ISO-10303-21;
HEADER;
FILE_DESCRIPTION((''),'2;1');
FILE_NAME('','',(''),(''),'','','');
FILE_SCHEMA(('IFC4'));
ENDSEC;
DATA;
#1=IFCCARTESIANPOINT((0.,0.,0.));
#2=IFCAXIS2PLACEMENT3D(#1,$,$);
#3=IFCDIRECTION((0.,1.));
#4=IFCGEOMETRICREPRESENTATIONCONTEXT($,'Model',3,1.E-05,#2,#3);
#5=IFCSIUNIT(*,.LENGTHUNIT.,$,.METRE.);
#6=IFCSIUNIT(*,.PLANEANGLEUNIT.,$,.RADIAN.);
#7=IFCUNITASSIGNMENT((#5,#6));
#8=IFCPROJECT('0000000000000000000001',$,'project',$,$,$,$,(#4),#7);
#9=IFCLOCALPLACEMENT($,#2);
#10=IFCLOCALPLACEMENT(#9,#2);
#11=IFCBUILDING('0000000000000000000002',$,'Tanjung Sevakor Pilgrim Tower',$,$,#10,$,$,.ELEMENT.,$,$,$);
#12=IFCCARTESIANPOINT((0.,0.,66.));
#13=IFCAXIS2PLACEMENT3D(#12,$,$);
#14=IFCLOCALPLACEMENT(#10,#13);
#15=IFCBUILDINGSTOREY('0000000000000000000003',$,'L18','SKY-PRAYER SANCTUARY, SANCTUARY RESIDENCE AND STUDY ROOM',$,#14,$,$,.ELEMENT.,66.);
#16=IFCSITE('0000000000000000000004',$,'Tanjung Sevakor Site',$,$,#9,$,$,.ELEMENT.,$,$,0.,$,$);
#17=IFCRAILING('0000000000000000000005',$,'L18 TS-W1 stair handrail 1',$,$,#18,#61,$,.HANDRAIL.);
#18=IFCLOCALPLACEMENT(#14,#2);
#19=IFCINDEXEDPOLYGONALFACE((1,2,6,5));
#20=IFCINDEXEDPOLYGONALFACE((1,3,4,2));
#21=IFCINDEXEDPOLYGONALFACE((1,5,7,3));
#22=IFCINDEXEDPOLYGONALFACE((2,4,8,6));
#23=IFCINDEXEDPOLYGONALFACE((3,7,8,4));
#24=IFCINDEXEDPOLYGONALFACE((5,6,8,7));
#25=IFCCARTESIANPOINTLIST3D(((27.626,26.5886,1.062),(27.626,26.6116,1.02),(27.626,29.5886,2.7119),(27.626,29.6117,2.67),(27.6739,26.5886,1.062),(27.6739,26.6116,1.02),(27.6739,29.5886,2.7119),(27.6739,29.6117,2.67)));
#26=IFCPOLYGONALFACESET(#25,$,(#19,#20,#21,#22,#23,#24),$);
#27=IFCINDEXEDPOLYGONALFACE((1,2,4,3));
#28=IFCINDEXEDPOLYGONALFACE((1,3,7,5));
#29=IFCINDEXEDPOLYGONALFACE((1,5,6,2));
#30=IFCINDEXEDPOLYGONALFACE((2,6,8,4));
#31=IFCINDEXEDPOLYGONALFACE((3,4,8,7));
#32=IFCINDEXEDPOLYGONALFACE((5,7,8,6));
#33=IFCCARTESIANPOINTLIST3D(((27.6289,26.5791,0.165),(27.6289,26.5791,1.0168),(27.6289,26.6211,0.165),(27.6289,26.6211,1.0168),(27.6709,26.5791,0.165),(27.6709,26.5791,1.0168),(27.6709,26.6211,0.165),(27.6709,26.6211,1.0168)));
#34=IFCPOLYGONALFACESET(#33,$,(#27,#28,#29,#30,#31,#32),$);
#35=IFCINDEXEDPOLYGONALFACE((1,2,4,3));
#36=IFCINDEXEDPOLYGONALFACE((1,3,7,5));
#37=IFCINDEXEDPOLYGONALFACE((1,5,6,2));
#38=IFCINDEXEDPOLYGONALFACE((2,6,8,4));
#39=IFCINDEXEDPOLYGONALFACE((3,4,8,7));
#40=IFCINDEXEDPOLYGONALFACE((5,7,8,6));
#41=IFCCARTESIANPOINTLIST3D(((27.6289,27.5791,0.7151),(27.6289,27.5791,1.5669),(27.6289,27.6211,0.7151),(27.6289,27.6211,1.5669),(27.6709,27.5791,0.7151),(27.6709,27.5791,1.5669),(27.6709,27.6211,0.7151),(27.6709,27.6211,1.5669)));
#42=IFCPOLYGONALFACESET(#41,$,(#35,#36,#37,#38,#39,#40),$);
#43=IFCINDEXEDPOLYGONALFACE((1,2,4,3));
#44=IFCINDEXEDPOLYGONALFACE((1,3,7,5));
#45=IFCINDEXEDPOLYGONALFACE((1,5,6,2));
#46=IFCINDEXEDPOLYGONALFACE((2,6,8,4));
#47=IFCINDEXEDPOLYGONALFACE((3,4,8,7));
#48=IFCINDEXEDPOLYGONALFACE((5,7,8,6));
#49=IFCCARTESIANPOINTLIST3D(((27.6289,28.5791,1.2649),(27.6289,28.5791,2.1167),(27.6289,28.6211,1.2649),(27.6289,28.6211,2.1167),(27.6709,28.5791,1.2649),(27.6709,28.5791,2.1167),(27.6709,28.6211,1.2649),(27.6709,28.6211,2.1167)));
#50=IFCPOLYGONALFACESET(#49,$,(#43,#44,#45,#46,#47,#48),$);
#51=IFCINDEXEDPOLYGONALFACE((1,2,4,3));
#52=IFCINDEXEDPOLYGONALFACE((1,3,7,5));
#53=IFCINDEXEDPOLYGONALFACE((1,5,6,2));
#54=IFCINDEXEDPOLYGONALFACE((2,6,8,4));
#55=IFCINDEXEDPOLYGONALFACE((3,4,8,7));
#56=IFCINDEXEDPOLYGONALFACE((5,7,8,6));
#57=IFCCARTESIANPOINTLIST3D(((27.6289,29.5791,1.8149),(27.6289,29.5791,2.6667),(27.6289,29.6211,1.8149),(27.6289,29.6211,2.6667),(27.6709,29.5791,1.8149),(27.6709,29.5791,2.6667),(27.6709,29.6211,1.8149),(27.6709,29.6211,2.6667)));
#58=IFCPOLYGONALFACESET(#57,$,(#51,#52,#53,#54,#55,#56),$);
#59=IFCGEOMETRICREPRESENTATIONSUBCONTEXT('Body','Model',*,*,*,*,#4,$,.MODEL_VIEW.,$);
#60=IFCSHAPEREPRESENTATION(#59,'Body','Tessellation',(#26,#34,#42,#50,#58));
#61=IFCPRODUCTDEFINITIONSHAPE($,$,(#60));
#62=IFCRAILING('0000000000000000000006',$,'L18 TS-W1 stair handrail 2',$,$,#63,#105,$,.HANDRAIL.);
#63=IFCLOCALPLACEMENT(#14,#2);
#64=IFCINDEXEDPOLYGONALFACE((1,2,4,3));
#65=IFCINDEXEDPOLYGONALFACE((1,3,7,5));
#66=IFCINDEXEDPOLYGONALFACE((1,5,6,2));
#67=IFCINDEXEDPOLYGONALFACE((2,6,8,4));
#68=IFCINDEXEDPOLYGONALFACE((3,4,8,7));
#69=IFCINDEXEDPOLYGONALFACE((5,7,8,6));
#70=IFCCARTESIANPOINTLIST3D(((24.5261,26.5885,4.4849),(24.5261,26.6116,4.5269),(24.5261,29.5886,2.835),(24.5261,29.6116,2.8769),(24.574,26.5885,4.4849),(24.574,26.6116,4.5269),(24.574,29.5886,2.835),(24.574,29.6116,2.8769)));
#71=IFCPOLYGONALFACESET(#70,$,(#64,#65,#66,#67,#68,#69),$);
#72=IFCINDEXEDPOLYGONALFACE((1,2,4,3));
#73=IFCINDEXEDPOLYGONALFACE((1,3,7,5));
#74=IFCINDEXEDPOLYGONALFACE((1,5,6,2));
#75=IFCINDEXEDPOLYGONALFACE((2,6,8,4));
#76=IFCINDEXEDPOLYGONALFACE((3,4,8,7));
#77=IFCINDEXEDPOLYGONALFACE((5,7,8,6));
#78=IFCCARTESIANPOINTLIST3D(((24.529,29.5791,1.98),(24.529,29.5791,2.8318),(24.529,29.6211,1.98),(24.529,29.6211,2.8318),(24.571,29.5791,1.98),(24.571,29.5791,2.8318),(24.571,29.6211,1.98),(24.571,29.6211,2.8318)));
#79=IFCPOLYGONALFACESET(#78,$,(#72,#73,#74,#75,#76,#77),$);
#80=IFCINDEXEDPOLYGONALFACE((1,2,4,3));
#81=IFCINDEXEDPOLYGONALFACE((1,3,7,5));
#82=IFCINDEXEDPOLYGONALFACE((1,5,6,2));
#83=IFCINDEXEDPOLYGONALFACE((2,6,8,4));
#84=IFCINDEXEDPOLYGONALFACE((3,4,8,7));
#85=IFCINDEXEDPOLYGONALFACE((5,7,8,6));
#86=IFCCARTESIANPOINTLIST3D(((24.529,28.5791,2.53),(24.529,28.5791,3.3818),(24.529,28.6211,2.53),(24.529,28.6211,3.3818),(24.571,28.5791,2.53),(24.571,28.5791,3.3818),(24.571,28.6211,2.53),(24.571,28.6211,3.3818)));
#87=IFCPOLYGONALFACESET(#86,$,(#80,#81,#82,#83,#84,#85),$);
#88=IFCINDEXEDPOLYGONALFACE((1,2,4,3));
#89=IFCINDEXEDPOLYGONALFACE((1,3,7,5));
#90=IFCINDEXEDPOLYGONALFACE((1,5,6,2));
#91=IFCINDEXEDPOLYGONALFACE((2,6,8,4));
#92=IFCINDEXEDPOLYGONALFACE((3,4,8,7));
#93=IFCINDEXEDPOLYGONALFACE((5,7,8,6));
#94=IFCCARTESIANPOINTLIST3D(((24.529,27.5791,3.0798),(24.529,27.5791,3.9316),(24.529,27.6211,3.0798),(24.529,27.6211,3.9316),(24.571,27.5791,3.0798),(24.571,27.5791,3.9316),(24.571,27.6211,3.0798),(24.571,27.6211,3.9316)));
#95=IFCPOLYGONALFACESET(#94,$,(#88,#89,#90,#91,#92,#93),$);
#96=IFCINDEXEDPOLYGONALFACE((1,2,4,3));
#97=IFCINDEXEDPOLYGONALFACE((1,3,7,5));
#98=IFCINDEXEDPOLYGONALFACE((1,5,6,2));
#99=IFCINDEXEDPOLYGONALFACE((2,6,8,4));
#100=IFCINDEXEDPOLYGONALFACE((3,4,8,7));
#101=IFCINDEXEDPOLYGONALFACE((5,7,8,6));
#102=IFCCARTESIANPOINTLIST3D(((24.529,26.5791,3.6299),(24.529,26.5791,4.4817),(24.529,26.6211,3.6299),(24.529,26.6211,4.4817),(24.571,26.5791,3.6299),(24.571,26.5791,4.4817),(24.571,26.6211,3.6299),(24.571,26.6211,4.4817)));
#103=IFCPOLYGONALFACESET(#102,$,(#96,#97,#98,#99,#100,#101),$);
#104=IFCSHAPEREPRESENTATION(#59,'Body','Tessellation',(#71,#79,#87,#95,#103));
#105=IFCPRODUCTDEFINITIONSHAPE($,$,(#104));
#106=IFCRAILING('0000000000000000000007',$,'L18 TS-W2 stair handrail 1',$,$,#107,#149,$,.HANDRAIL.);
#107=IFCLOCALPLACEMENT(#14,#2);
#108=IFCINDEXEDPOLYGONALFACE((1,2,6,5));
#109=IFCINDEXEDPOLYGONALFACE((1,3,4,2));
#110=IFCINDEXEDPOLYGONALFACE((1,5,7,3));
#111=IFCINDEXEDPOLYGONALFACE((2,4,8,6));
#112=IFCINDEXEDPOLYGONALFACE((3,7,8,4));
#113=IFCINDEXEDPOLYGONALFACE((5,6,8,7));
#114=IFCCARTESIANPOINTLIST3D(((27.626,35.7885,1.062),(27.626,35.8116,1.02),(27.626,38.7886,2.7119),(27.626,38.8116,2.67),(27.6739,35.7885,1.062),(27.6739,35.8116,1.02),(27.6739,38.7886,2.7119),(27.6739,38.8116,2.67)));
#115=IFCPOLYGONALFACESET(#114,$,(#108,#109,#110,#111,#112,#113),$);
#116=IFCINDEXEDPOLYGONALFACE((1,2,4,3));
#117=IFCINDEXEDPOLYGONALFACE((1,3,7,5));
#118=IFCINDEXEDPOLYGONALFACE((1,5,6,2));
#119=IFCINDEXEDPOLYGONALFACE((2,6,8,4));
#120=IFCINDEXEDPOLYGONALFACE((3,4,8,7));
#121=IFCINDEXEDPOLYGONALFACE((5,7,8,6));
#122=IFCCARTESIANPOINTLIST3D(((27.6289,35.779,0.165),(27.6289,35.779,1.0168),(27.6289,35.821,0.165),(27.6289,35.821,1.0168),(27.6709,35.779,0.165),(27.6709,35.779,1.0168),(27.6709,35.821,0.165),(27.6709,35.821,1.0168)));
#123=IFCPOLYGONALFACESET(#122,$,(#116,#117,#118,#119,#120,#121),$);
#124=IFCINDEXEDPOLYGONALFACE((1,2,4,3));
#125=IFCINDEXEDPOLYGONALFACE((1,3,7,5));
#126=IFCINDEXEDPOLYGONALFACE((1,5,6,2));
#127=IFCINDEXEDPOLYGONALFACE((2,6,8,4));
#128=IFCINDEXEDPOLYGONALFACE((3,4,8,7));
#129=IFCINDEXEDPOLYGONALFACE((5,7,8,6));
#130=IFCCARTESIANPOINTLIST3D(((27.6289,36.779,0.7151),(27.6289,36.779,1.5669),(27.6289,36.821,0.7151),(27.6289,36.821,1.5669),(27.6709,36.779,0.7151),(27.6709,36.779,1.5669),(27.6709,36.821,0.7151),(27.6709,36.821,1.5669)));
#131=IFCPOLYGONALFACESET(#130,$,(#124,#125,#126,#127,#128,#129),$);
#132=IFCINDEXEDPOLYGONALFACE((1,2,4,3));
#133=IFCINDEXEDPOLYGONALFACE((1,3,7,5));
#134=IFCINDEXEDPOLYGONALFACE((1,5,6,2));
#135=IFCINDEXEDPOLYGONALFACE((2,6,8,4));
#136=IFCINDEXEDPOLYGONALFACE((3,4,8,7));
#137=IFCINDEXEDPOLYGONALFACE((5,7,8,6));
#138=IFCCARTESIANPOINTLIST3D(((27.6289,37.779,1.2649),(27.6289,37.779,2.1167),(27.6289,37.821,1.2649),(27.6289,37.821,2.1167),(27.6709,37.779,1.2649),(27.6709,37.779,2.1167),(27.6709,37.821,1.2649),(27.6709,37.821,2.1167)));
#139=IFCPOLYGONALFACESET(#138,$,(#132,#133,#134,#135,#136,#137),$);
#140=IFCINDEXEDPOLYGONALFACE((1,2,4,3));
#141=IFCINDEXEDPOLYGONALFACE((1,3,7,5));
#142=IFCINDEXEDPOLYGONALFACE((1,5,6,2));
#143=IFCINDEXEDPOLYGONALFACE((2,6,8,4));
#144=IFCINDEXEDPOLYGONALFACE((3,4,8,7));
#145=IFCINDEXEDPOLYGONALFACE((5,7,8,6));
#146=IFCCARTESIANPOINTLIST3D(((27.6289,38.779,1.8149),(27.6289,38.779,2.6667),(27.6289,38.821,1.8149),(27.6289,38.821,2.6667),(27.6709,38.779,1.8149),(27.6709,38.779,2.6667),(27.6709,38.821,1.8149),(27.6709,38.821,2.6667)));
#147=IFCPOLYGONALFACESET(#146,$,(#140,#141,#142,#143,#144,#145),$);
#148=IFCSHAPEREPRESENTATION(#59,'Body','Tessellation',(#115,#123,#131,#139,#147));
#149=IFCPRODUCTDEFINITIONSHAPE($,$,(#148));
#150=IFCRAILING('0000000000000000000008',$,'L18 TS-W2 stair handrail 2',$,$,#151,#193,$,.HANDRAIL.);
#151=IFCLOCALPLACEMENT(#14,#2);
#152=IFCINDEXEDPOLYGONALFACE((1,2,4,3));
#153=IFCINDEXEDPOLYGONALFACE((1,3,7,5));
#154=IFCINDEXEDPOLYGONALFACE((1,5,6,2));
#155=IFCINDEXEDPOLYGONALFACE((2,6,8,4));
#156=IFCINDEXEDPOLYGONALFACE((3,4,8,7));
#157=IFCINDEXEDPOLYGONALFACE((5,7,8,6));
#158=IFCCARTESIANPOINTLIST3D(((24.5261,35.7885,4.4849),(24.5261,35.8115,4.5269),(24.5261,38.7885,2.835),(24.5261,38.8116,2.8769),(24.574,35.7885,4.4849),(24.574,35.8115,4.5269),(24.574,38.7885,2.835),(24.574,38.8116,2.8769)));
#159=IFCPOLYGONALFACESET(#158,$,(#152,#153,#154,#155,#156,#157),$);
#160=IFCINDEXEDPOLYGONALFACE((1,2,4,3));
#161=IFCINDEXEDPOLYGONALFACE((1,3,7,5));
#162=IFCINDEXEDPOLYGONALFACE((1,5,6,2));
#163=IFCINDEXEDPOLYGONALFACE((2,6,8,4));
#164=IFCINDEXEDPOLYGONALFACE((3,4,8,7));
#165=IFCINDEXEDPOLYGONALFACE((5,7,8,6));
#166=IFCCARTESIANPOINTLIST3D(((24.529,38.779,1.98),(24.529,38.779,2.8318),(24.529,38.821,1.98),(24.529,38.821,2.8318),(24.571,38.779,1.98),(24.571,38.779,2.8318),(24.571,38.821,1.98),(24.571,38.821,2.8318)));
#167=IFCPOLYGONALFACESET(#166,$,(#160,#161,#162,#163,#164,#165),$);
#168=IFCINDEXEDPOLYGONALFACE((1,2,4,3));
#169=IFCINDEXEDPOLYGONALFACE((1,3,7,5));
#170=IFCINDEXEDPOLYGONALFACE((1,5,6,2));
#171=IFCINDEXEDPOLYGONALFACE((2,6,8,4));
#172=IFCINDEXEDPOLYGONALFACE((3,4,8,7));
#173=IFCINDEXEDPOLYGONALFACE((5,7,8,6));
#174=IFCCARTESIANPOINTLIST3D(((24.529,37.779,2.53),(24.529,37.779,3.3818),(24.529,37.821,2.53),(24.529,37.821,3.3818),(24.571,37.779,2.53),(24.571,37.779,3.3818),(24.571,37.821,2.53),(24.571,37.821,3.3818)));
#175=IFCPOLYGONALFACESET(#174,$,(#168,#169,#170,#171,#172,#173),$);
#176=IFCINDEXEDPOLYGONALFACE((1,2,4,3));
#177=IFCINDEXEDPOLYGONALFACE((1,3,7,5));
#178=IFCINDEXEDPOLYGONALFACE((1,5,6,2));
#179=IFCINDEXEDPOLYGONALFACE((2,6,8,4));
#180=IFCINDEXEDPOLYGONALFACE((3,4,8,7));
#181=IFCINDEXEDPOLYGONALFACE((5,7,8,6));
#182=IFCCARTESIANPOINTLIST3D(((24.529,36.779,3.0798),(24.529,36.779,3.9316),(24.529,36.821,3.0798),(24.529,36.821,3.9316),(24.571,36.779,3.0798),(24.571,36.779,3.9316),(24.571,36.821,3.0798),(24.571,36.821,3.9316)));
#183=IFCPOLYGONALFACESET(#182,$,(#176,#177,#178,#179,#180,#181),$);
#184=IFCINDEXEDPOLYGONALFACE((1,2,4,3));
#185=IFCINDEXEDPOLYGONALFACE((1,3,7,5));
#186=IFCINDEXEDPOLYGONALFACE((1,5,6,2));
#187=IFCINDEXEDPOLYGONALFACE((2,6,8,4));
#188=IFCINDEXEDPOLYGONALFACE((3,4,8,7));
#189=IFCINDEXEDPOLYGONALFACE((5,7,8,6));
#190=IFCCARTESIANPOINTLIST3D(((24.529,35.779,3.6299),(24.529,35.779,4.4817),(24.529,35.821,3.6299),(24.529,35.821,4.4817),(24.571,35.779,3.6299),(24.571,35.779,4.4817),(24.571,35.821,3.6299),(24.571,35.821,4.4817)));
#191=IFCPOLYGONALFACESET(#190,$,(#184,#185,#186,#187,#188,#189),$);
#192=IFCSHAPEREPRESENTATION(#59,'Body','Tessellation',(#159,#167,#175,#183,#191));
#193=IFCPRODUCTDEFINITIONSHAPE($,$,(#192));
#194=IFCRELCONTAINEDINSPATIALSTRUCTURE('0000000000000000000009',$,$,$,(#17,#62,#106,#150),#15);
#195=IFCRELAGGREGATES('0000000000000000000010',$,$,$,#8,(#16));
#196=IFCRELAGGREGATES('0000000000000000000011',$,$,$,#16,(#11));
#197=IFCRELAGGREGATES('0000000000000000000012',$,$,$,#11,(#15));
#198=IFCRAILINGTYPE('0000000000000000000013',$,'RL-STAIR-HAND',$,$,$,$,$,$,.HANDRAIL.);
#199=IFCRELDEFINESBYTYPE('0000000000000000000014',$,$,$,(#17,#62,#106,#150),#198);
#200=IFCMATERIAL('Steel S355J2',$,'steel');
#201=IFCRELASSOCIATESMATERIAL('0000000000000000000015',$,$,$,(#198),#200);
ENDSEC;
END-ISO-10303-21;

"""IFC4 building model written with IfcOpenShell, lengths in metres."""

from ifc_helpers import new_model, si_unit, direction, frame, origin, place, context, subcontext, project, spatial, rectangle, extrude, material, type_object, element, save


model = new_model("IFC4")

# Units and contexts
model_context = context("Model", 3, precision=1e-05, world=origin(), true_north=direction((0.0, 1.0)))
body_context = subcontext(model_context, "Body", "Model", "MODEL_VIEW")
ifc_project = project(units=[si_unit("LENGTHUNIT", "METRE"), si_unit("PLANEANGLEUNIT", "RADIAN")], contexts=[model_context])

# Site, building, storey
site_placement = place(None, origin())
site = spatial("IfcSite", under=ifc_project, at=site_placement, Name="Tanjung Sevakor Site", CompositionType="ELEMENT", RefElevation=0.0)
building_placement = place(site_placement, origin())
building = spatial("IfcBuilding", under=site, at=building_placement, Name="Tanjung Sevakor Pilgrim Tower", CompositionType="ELEMENT")
storey_placement = place(building_placement, frame((0.0, 0.0, 66.0)))
storey = spatial("IfcBuildingStorey", under=building, at=storey_placement, Name="L18", Description="SKY-PRAYER SANCTUARY, SANCTUARY RESIDENCE AND STUDY ROOM", CompositionType="ELEMENT", Elevation=66.0)

# Railings
ifc_material_1 = material(Name="Steel S355J2", Category="steel")
railing_type_1 = type_object("IfcRailingType", Name="RL-STAIR-HAND", PredefinedType="HANDRAIL", material=ifc_material_1)
railing_1_placement = place(storey_placement, frame((27.6499, 26.6001, 0.165)))
element("IfcRailing", 1, at=railing_1_placement, inside=storey, type_object=railing_type_1, Name="L18 TS-W1 stair handrail 1", PredefinedType="HANDRAIL", context=body_context, shape_type="SweptSolid", body=[
    extrude(rectangle(XDim=0.0479, YDim=0.0479), frame((0.0, 0.0, 0.876), z_axis=(0.0, 0.876228, 0.481897), x_axis=(-1.0, 0.0, 0.0)), (0.0, 0.0, 1.0), 3.4238),
    extrude(rectangle(XDim=0.042, YDim=0.042), origin(), (0.0, 0.0, 1.0), 0.8518),
    extrude(rectangle(XDim=0.042, YDim=0.042), frame((0.0, 1.0, 0.55)), (0.0, 0.0, 1.0), 0.8518),
    extrude(rectangle(XDim=0.042, YDim=0.042), frame((0.0, 2.0, 1.0999)), (0.0, 0.0, 1.0), 0.8518),
    extrude(rectangle(XDim=0.042, YDim=0.042), frame((0.0, 3.0, 1.6499)), (0.0, 0.0, 1.0), 0.8518),
])
railing_2_placement = place(storey_placement, frame((24.55, 29.6001, 1.98)))
element("IfcRailing", 2, at=railing_2_placement, inside=storey, type_object=railing_type_1, Name="L18 TS-W1 stair handrail 2", PredefinedType="HANDRAIL", context=body_context, shape_type="SweptSolid", body=[
    extrude(rectangle(XDim=0.0479, YDim=0.0479), frame((0.0, 0.0, 0.876), z_axis=(0.0, -0.876228, 0.481897), x_axis=(1.0, 0.0, 0.0)), (0.0, 0.0, 1.0), 3.4238),
    extrude(rectangle(XDim=0.042, YDim=0.042), origin(), (0.0, 0.0, 1.0), 0.8518),
    extrude(rectangle(XDim=0.042, YDim=0.042), frame((0.0, -1.0, 0.55)), (0.0, 0.0, 1.0), 0.8518),
    extrude(rectangle(XDim=0.042, YDim=0.042), frame((0.0, -2.0, 1.0999)), (0.0, 0.0, 1.0), 0.8518),
    extrude(rectangle(XDim=0.042, YDim=0.042), frame((0.0, -3.0, 1.6499)), (0.0, 0.0, 1.0), 0.8518),
])
railing_3_placement = place(storey_placement, frame((27.6499, 35.8, 0.165)))
element("IfcRailing", 3, at=railing_3_placement, inside=storey, type_object=railing_type_1, Name="L18 TS-W2 stair handrail 1", PredefinedType="HANDRAIL", context=body_context, shape_type="SweptSolid", body=[
    extrude(rectangle(XDim=0.0479, YDim=0.0479), frame((0.0, 0.0, 0.876), z_axis=(0.0, 0.876228, 0.481897), x_axis=(-1.0, 0.0, 0.0)), (0.0, 0.0, 1.0), 3.4238),
    extrude(rectangle(XDim=0.042, YDim=0.042), origin(), (0.0, 0.0, 1.0), 0.8518),
    extrude(rectangle(XDim=0.042, YDim=0.042), frame((0.0, 1.0, 0.55)), (0.0, 0.0, 1.0), 0.8518),
    extrude(rectangle(XDim=0.042, YDim=0.042), frame((0.0, 2.0, 1.0999)), (0.0, 0.0, 1.0), 0.8518),
    extrude(rectangle(XDim=0.042, YDim=0.042), frame((0.0, 3.0, 1.6499)), (0.0, 0.0, 1.0), 0.8518),
])
railing_4_placement = place(storey_placement, frame((24.55, 38.8, 1.98)))
element("IfcRailing", 4, at=railing_4_placement, inside=storey, type_object=railing_type_1, Name="L18 TS-W2 stair handrail 2", PredefinedType="HANDRAIL", context=body_context, shape_type="SweptSolid", body=[
    extrude(rectangle(XDim=0.0479, YDim=0.0479), frame((0.0, 0.0, 0.876), z_axis=(0.0, -0.876228, 0.481897), x_axis=(1.0, 0.0, 0.0)), (0.0, 0.0, 1.0), 3.4238),
    extrude(rectangle(XDim=0.042, YDim=0.042), origin(), (0.0, 0.0, 1.0), 0.8518),
    extrude(rectangle(XDim=0.042, YDim=0.042), frame((0.0, -1.0, 0.55)), (0.0, 0.0, 1.0), 0.8518),
    extrude(rectangle(XDim=0.042, YDim=0.042), frame((0.0, -2.0, 1.0999)), (0.0, 0.0, 1.0), 0.8518),
    extrude(rectangle(XDim=0.042, YDim=0.042), frame((0.0, -3.0, 1.6499)), (0.0, 0.0, 1.0), 0.8518),
])

save(model, "model.ifc")
